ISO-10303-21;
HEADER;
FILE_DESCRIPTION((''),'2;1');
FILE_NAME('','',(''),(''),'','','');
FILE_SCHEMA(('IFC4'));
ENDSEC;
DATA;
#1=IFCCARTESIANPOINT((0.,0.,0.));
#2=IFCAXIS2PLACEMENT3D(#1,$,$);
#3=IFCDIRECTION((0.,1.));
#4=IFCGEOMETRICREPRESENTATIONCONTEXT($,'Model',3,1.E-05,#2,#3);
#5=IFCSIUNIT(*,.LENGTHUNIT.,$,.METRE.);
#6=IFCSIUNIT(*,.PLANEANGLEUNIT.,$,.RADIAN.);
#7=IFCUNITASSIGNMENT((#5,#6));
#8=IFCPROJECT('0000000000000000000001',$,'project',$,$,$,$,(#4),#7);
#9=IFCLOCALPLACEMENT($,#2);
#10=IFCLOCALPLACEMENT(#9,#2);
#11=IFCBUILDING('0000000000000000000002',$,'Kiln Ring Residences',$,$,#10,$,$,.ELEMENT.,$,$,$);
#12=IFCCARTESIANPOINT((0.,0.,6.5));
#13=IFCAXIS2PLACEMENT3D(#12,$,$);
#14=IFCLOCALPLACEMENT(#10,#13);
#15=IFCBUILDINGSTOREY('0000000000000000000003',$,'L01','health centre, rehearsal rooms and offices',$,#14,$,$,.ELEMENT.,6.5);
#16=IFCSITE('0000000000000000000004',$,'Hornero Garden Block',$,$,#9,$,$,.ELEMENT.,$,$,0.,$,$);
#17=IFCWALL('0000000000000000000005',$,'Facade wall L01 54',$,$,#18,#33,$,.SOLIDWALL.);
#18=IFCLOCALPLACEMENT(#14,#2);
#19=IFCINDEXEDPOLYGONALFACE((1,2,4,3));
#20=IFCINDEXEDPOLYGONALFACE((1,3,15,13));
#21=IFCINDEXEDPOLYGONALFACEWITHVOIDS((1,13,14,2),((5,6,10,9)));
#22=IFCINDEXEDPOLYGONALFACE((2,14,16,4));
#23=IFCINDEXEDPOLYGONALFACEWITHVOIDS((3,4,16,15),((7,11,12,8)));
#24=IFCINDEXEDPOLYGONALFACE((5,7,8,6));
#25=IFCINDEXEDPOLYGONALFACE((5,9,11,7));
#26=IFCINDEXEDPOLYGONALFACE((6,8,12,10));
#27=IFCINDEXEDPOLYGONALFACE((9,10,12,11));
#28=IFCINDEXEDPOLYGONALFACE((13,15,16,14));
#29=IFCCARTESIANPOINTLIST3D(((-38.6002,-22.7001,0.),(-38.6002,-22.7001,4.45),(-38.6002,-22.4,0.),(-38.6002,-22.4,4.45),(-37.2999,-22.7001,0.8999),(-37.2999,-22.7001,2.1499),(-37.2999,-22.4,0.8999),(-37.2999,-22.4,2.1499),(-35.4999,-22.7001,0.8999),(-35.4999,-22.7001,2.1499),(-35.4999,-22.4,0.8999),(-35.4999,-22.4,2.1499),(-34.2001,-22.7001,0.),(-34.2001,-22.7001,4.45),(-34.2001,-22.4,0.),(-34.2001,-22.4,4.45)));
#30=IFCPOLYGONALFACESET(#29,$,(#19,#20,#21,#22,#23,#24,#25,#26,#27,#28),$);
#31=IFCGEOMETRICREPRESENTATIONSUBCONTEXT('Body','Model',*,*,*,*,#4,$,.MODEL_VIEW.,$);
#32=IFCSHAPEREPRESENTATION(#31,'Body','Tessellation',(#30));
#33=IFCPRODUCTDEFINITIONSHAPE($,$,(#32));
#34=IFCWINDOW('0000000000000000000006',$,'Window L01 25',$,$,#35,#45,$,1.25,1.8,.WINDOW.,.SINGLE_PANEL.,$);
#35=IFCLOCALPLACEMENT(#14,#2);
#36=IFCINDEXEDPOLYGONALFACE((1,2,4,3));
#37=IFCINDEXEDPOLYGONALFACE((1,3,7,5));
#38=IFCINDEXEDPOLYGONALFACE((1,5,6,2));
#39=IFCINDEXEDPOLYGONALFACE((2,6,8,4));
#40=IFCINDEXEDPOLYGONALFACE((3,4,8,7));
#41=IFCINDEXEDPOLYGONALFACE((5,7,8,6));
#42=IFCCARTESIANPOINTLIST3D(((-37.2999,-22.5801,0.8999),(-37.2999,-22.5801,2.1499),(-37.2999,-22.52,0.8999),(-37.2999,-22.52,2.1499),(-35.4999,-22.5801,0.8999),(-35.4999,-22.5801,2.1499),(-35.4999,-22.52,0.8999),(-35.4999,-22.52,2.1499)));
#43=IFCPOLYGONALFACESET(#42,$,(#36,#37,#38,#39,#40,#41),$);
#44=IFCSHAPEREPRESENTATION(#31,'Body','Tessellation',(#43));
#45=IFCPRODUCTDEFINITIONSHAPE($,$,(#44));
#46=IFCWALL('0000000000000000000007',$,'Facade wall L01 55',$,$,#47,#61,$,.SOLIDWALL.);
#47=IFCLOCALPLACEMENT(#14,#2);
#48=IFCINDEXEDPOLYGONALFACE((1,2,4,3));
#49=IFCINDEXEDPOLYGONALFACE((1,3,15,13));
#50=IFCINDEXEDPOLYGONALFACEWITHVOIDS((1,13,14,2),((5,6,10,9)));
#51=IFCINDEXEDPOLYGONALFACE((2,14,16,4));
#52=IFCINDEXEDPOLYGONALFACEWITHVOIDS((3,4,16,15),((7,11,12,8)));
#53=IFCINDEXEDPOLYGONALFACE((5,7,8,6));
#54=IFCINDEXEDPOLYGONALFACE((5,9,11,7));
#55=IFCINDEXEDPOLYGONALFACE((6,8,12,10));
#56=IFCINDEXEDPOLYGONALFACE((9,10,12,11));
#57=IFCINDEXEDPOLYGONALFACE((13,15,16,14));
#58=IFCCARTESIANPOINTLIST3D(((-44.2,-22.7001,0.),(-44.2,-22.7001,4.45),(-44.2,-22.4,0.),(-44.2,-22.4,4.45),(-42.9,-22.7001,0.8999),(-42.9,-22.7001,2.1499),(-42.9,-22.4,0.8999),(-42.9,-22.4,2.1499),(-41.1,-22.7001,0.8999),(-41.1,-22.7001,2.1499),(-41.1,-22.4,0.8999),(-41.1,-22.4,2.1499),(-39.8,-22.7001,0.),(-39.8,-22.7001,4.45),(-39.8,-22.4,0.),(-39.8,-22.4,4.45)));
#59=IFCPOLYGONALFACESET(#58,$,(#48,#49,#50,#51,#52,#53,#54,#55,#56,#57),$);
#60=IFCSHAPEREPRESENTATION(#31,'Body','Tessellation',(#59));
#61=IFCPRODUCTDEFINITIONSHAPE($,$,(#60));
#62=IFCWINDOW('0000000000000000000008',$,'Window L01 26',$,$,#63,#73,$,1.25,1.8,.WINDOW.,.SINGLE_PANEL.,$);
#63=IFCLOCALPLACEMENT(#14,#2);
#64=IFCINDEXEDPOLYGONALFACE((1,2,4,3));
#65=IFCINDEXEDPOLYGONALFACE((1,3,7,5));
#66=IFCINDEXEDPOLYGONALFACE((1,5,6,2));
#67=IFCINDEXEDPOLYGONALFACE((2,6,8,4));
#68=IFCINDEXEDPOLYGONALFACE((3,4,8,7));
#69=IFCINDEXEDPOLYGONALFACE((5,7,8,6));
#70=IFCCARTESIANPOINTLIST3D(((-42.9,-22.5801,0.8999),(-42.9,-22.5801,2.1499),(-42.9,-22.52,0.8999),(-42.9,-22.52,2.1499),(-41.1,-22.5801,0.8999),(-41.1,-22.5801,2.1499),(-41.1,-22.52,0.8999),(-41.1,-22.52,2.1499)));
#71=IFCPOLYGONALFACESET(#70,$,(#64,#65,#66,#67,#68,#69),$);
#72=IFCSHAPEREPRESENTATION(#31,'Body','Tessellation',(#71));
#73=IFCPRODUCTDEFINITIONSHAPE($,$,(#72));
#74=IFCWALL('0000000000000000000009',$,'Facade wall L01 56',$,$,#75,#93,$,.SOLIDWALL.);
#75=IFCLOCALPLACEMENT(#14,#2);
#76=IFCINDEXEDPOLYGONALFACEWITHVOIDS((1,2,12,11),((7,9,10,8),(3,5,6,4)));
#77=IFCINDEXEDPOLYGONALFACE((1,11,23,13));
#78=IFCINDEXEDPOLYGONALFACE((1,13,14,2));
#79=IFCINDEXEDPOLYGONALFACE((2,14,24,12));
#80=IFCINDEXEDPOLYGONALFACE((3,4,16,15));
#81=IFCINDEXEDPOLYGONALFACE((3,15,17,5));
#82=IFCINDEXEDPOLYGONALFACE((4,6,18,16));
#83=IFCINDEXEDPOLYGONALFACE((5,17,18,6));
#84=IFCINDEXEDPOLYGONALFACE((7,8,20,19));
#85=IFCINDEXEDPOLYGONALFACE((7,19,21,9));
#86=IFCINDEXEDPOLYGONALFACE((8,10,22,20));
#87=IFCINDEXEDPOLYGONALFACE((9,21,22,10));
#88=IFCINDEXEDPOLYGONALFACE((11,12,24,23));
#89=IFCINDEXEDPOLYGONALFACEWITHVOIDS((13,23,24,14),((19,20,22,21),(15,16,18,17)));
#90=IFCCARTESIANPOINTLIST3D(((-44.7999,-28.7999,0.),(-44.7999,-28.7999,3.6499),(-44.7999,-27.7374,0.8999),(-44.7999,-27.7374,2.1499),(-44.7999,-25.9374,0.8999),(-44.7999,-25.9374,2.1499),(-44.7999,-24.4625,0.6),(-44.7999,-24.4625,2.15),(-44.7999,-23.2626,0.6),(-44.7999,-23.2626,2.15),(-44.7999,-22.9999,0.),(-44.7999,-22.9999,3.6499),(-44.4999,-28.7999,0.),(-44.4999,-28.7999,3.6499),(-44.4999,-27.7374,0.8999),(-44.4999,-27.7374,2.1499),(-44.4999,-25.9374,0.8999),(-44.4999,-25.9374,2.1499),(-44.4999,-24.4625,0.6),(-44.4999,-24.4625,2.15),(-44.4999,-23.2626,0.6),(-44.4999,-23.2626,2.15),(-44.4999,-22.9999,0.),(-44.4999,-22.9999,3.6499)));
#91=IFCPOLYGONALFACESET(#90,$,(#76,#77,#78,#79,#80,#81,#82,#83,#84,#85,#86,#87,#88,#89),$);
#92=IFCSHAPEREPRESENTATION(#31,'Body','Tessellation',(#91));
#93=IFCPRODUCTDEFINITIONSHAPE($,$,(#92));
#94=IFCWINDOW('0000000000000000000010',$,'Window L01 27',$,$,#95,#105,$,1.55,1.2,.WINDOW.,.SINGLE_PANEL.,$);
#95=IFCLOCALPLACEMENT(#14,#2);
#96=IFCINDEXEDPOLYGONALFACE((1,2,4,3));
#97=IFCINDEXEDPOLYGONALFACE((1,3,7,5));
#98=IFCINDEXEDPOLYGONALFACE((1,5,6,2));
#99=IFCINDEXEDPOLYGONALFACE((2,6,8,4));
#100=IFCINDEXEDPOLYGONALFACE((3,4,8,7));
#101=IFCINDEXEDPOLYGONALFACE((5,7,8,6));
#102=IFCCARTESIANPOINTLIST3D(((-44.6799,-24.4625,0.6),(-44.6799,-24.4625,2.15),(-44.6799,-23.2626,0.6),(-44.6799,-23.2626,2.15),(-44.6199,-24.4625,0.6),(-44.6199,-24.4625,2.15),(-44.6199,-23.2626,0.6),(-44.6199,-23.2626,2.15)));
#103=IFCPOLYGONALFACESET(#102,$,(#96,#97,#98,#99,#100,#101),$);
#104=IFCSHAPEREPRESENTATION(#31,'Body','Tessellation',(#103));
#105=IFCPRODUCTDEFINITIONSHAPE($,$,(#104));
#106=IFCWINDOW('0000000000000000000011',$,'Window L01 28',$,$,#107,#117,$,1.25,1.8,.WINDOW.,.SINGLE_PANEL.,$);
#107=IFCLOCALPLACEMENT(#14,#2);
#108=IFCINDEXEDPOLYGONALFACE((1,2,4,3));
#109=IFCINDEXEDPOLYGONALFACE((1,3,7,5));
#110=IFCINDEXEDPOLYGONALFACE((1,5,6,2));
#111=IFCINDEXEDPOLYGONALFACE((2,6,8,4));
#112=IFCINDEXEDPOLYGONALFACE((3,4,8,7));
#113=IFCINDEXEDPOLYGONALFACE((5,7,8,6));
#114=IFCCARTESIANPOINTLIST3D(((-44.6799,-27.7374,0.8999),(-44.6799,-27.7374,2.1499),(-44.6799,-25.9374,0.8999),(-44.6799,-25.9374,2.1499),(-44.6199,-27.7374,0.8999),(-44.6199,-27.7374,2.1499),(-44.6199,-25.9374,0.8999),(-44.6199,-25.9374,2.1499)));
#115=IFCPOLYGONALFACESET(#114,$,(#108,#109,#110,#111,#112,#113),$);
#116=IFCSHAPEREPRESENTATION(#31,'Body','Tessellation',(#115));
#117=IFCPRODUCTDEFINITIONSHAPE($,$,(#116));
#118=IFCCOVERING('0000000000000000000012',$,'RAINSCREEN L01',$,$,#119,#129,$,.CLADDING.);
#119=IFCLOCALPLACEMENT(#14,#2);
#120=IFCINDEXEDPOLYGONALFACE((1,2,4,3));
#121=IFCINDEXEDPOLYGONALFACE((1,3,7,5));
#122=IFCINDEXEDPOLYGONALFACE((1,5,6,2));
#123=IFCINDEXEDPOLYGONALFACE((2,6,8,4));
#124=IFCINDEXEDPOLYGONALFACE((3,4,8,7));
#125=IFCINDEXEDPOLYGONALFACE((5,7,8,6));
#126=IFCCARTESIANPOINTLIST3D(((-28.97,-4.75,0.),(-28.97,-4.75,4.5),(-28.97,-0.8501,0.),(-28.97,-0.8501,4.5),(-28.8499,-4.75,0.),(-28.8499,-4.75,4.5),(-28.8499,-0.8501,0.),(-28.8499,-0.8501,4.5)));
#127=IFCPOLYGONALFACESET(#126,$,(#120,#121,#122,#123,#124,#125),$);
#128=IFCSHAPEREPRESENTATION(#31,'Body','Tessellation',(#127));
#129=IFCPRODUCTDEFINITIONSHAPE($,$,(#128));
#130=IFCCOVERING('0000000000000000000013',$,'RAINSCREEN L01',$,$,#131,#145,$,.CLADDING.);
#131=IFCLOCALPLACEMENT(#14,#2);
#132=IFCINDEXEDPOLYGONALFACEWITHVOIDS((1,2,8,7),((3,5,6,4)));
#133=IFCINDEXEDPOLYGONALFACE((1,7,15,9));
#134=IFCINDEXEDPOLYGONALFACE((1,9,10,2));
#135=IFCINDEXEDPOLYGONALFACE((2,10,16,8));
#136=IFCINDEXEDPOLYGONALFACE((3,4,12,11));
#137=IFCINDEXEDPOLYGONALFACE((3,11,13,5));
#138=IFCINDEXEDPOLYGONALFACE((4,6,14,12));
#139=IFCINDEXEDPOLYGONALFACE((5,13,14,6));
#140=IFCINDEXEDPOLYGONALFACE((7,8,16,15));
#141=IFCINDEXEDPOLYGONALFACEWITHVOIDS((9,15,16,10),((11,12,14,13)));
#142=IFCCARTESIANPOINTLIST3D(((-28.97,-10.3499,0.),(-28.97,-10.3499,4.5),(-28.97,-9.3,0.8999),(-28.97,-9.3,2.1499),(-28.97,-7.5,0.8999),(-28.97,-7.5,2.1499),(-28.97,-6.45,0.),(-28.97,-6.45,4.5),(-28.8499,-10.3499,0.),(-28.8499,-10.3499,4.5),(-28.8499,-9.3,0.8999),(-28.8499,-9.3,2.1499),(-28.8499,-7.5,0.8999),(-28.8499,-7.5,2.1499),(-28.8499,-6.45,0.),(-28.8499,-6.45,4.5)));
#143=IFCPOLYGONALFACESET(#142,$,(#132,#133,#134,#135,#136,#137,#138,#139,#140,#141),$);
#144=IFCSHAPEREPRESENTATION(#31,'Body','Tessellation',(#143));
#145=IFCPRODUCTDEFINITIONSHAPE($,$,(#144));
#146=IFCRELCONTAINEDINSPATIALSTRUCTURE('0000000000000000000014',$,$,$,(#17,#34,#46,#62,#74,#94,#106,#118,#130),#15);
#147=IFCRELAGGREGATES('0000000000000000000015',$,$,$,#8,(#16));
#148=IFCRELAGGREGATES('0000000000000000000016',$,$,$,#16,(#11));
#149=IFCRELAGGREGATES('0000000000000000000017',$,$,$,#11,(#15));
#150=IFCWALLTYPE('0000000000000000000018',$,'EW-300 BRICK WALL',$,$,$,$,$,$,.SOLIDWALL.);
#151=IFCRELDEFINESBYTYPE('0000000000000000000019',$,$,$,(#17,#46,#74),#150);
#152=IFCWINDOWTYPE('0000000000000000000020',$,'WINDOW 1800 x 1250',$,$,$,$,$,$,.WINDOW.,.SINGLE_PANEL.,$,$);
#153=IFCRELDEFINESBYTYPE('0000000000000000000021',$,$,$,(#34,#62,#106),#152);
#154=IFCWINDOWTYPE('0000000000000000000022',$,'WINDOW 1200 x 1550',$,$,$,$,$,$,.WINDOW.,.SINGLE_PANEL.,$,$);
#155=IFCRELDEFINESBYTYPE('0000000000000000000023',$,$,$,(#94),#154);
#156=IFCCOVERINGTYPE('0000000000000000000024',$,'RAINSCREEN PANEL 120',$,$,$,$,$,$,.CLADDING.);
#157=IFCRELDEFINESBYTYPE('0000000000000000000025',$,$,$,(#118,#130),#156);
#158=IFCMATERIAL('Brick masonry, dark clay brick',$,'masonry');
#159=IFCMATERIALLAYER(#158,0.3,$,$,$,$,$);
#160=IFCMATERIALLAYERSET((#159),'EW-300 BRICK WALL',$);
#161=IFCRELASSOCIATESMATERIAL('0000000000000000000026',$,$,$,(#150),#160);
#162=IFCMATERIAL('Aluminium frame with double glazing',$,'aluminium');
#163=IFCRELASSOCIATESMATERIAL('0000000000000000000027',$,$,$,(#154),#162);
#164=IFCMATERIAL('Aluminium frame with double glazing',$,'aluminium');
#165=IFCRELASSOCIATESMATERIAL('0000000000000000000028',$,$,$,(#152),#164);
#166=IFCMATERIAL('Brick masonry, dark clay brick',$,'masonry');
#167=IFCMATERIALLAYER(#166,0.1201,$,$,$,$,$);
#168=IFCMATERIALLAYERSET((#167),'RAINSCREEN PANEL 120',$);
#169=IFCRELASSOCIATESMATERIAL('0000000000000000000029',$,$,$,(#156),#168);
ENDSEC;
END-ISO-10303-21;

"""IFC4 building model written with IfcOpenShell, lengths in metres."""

from ifc_helpers import new_model, si_unit, direction, frame, frame_2d, origin, place, context, subcontext, project, spatial, polyline, rectangle, outline, extrude, material, layer, layer_set, type_object, element, fill, save


model = new_model("IFC4")

# Units and contexts
model_context = context("Model", 3, precision=1e-05, world=origin(), true_north=direction((0.0, 1.0)))
body_context = subcontext(model_context, "Body", "Model", "MODEL_VIEW")
ifc_project = project(units=[si_unit("LENGTHUNIT", "METRE"), si_unit("PLANEANGLEUNIT", "RADIAN")], contexts=[model_context])

# Site, building, storey
site_placement = place(None, origin())
site = spatial("IfcSite", under=ifc_project, at=site_placement, Name="Hornero Garden Block", CompositionType="ELEMENT", RefElevation=0.0)
building_placement = place(site_placement, origin())
building = spatial("IfcBuilding", under=site, at=building_placement, Name="Kiln Ring Residences", CompositionType="ELEMENT")
storey_placement = place(building_placement, frame((0.0, 0.0, 6.5)))
storey = spatial("IfcBuildingStorey", under=building, at=storey_placement, Name="L01", Description="health centre, rehearsal rooms and offices", CompositionType="ELEMENT", Elevation=6.5)

# Shared definitions
ifc_material_1 = material(Name="Brick masonry, dark clay brick", Category="masonry")
ifc_layer_1 = layer(ifc_material_1, 0.3)
ifc_layer_set_1 = layer_set([ifc_layer_1], Name="EW-300 BRICK WALL")
wall_type = type_object("IfcWallType", Name="EW-300 BRICK WALL", PredefinedType="SOLIDWALL", material=ifc_layer_set_1)

# Walls, openings, windows
ifc_material_2 = material(Name="Aluminium frame with double glazing", Category="aluminium")
window_type_1 = type_object("IfcWindowType", Name="WINDOW 1200 x 1550", PartitioningType="SINGLE_PANEL", PredefinedType="WINDOW", material=ifc_material_2)
wall_1_placement = place(storey_placement, frame((-34.2, -22.55, 0.0), z_axis=(0.0, 0.0, 1.0), x_axis=(-1.0, 0.0, 0.0)))
wall_1 = element("IfcWall", 1, at=wall_1_placement, inside=storey, type_object=wall_type, Name="Facade wall L01 54", PredefinedType="SOLIDWALL", context=body_context, shape_type="SweptSolid", body=[
    extrude(rectangle(XDim=4.4001, YDim=0.3, at=frame_2d((2.2002, 0.0))), origin(), (0.0, 0.0, 1.0), 4.45),
])
opening_1_placement = place(wall_1_placement, frame((1.3, 0.0, 0.8999)))
opening_1 = element("IfcOpeningElement", 2, at=opening_1_placement, cuts=wall_1, PredefinedType="OPENING", context=body_context, shape_type="SweptSolid", body=[
    extrude(rectangle(XDim=1.8, YDim=1.25, at=frame_2d((0.8999, 0.625))), frame((0.0, 0.1599, 0.0), z_axis=(0.0, -1.0, 0.0), x_axis=(1.0, 0.0, 0.0)), (0.0, 0.0, 1.0), 0.3201),
])
ifc_material_3 = material(Name="Aluminium frame with double glazing", Category="aluminium")
window_type_2 = type_object("IfcWindowType", Name="WINDOW 1800 x 1250", PartitioningType="SINGLE_PANEL", PredefinedType="WINDOW", material=ifc_material_3)
window_1_placement = place(opening_1_placement, origin())
window_1 = element("IfcWindow", 3, at=window_1_placement, inside=storey, type_object=window_type_2, Name="Window L01 25", OverallHeight=1.25, OverallWidth=1.8, PartitioningType="SINGLE_PANEL", PredefinedType="WINDOW", context=body_context, shape_type="SweptSolid", body=[
    extrude(rectangle(XDim=1.8, YDim=1.25, at=frame_2d((0.8999, 0.625))), frame((0.0, 0.03, 0.0), z_axis=(0.0, -1.0, 0.0), x_axis=(1.0, 0.0, 0.0)), (0.0, 0.0, 1.0), 0.0601),
])
fill(opening_1, window_1)
wall_2_placement = place(storey_placement, frame((-39.8, -22.55, 0.0), z_axis=(0.0, 0.0, 1.0), x_axis=(-1.0, 0.0, 0.0)))
wall_2 = element("IfcWall", 4, at=wall_2_placement, inside=storey, type_object=wall_type, Name="Facade wall L01 55", PredefinedType="SOLIDWALL", context=body_context, shape_type="SweptSolid", body=[
    extrude(rectangle(XDim=4.3999, YDim=0.3, at=frame_2d((2.2, 0.0))), origin(), (0.0, 0.0, 1.0), 4.45),
])
opening_2_placement = place(wall_2_placement, frame((1.3, 0.0, 0.8999)))
opening_2 = element("IfcOpeningElement", 5, at=opening_2_placement, cuts=wall_2, PredefinedType="OPENING", context=body_context, shape_type="SweptSolid", body=[
    extrude(rectangle(XDim=1.8, YDim=1.25, at=frame_2d((0.8999, 0.625))), frame((0.0, 0.1599, 0.0), z_axis=(0.0, -1.0, 0.0), x_axis=(1.0, 0.0, 0.0)), (0.0, 0.0, 1.0), 0.3201),
])
window_2_placement = place(opening_2_placement, origin())
window_2 = element("IfcWindow", 6, at=window_2_placement, inside=storey, type_object=window_type_2, Name="Window L01 26", OverallHeight=1.25, OverallWidth=1.8, PartitioningType="SINGLE_PANEL", PredefinedType="WINDOW", context=body_context, shape_type="SweptSolid", body=[
    extrude(rectangle(XDim=1.8, YDim=1.25, at=frame_2d((0.8999, 0.625))), frame((0.0, 0.03, 0.0), z_axis=(0.0, -1.0, 0.0), x_axis=(1.0, 0.0, 0.0)), (0.0, 0.0, 1.0), 0.0601),
])
fill(opening_2, window_2)

# Wall, openings, windows
wall_3_placement = place(storey_placement, frame((-44.6499, -23.0, 0.0), z_axis=(0.0, 0.0, 1.0), x_axis=(0.0, -1.0, 0.0)))
wall_3 = element("IfcWall", 7, at=wall_3_placement, inside=storey, type_object=wall_type, Name="Facade wall L01 56", PredefinedType="SOLIDWALL", context=body_context, shape_type="SweptSolid", body=[
    extrude(rectangle(XDim=5.8, YDim=0.3, at=frame_2d((2.8999, 0.0))), origin(), (0.0, 0.0, 1.0), 3.6499),
])
opening_3_placement = place(wall_3_placement, frame((0.2625, 0.0, 0.6001)))
opening_3 = element("IfcOpeningElement", 8, at=opening_3_placement, cuts=wall_3, PredefinedType="OPENING", context=body_context, shape_type="SweptSolid", body=[
    extrude(rectangle(XDim=1.2, YDim=1.55, at=frame_2d((0.6001, 0.7749))), frame((0.0, 0.1599, 0.0), z_axis=(0.0, -1.0, 0.0), x_axis=(1.0, 0.0, 0.0)), (0.0, 0.0, 1.0), 0.3201),
])
opening_4_placement = place(wall_3_placement, frame((2.9375, 0.0, 0.8999)))
opening_4 = element("IfcOpeningElement", 9, at=opening_4_placement, cuts=wall_3, PredefinedType="OPENING", context=body_context, shape_type="SweptSolid", body=[
    extrude(rectangle(XDim=1.8, YDim=1.25, at=frame_2d((0.8999, 0.625))), frame((0.0, 0.1599, 0.0), z_axis=(0.0, -1.0, 0.0), x_axis=(1.0, 0.0, 0.0)), (0.0, 0.0, 1.0), 0.3201),
])
window_3_placement = place(opening_3_placement, origin())
window_3 = element("IfcWindow", 10, at=window_3_placement, inside=storey, type_object=window_type_1, Name="Window L01 27", OverallHeight=1.55, OverallWidth=1.2, PartitioningType="SINGLE_PANEL", PredefinedType="WINDOW", context=body_context, shape_type="SweptSolid", body=[
    extrude(rectangle(XDim=1.2, YDim=1.55, at=frame_2d((0.6001, 0.7749))), frame((0.0, 0.03, 0.0), z_axis=(0.0, -1.0, 0.0), x_axis=(1.0, 0.0, 0.0)), (0.0, 0.0, 1.0), 0.0601),
])
fill(opening_3, window_3)
window_4_placement = place(opening_4_placement, origin())
window_4 = element("IfcWindow", 11, at=window_4_placement, inside=storey, type_object=window_type_2, Name="Window L01 28", OverallHeight=1.25, OverallWidth=1.8, PartitioningType="SINGLE_PANEL", PredefinedType="WINDOW", context=body_context, shape_type="SweptSolid", body=[
    extrude(rectangle(XDim=1.8, YDim=1.25, at=frame_2d((0.8999, 0.625))), frame((0.0, 0.03, 0.0), z_axis=(0.0, -1.0, 0.0), x_axis=(1.0, 0.0, 0.0)), (0.0, 0.0, 1.0), 0.0601),
])
fill(opening_4, window_4)

# Coverings
ifc_material_4 = material(Name="Brick masonry, dark clay brick", Category="masonry")
ifc_layer_2 = layer(ifc_material_4, 0.1201)
ifc_layer_set_2 = layer_set([ifc_layer_2], Name="RAINSCREEN PANEL 120")
covering_type = type_object("IfcCoveringType", Name="RAINSCREEN PANEL 120", PredefinedType="CLADDING", material=ifc_layer_set_2)
covering_1_placement = place(storey_placement, frame((-28.9099, -0.8501, 0.0), z_axis=(0.0, 0.0, 1.0), x_axis=(0.0, -1.0, 0.0)))
element("IfcCovering", 12, at=covering_1_placement, inside=storey, type_object=covering_type, Name="RAINSCREEN L01", PredefinedType="CLADDING", context=body_context, shape_type="SweptSolid", body=[
    extrude(outline(polyline([(0.0, 0.0), (3.8999, 0.0), (3.8999, 4.5), (0.0, 4.5), (0.0, 0.0)])), frame((0.0, 0.0601, 0.0), z_axis=(0.0, -1.0, 0.0), x_axis=(1.0, 0.0, 0.0)), (0.0, 0.0, 1.0), 0.1201),
])
covering_2_placement = place(storey_placement, frame((-28.9099, -6.45, 0.0), z_axis=(0.0, 0.0, 1.0), x_axis=(0.0, -1.0, 0.0)))
element("IfcCovering", 13, at=covering_2_placement, inside=storey, type_object=covering_type, Name="RAINSCREEN L01", PredefinedType="CLADDING", context=body_context, shape_type="SweptSolid", body=[
    extrude(outline(polyline([(0.0, 0.0), (3.8999, 0.0), (3.8999, 4.5), (0.0, 4.5), (0.0, 0.0)]), holes=[polyline([(1.05, 2.1499), (1.05, 0.8999), (2.8501, 0.8999), (2.8501, 2.1499), (1.05, 2.1499)])]), frame((0.0, 0.0601, 0.0), z_axis=(0.0, -1.0, 0.0), x_axis=(1.0, 0.0, 0.0)), (0.0, 0.0, 1.0), 0.1201),
])

save(model, "model.ifc")
